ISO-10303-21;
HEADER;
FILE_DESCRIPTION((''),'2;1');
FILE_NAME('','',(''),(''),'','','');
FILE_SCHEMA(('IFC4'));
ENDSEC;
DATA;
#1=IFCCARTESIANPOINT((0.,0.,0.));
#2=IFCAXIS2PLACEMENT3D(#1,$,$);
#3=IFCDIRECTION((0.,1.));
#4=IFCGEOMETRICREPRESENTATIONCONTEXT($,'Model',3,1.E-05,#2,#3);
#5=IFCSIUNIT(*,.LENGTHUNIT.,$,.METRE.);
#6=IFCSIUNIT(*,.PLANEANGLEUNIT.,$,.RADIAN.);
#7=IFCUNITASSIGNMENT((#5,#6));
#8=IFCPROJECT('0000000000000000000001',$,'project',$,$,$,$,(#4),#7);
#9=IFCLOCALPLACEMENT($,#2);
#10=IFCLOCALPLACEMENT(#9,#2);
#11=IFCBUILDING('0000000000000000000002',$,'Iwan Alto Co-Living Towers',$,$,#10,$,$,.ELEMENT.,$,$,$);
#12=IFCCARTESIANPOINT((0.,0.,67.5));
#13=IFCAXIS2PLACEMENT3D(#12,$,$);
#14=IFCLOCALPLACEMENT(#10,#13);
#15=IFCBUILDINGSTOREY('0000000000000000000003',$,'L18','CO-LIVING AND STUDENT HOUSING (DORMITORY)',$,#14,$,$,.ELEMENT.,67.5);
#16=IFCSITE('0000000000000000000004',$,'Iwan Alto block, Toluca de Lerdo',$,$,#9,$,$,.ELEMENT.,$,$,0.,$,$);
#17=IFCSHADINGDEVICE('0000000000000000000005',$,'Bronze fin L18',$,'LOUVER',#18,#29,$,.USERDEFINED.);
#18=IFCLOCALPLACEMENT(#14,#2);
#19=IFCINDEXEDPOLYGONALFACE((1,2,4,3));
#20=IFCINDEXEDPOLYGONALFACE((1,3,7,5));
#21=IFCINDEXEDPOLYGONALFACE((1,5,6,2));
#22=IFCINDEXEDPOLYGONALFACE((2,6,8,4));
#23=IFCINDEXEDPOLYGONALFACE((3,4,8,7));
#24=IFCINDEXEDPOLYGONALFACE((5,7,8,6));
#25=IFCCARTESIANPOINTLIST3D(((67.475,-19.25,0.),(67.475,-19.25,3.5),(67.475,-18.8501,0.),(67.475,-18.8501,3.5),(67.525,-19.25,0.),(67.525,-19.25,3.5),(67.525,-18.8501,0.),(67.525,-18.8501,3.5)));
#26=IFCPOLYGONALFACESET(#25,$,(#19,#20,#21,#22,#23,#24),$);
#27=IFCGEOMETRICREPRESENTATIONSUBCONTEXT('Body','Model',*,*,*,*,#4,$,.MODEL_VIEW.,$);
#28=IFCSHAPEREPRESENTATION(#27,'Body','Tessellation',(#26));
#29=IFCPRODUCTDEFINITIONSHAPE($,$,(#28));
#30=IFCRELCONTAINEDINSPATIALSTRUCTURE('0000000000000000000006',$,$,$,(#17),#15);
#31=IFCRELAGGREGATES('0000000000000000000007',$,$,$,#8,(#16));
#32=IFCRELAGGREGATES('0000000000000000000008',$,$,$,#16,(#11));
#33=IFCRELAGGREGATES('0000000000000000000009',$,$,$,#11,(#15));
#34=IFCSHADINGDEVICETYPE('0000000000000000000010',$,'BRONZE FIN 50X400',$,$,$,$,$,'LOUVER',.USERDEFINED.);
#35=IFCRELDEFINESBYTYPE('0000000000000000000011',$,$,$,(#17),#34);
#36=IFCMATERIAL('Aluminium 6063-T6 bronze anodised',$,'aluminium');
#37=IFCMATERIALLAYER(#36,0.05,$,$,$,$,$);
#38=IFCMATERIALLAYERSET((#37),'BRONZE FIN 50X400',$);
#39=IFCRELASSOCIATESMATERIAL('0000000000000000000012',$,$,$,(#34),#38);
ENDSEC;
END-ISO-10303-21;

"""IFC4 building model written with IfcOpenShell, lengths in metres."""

from ifc_helpers import new_model, si_unit, direction, frame, origin, origin_2d, place, context, subcontext, project, spatial, rectangle, extrude, material, layer, layer_set, type_object, element, save


model = new_model("IFC4")

# Units and contexts
model_context = context("Model", 3, precision=1e-05, world=origin(), true_north=direction((0.0, 1.0)))
body_context = subcontext(model_context, "Body", "Model", "MODEL_VIEW")
ifc_project = project(units=[si_unit("LENGTHUNIT", "METRE"), si_unit("PLANEANGLEUNIT", "RADIAN")], contexts=[model_context])

# Site, building, storey
site_placement = place(None, origin())
site = spatial("IfcSite", under=ifc_project, at=site_placement, Name="Iwan Alto block, Toluca de Lerdo", CompositionType="ELEMENT", RefElevation=0.0)
building_placement = place(site_placement, origin())
building = spatial("IfcBuilding", under=site, at=building_placement, Name="Iwan Alto Co-Living Towers", CompositionType="ELEMENT")
storey_placement = place(building_placement, frame((0.0, 0.0, 67.5)))
storey = spatial("IfcBuildingStorey", under=building, at=storey_placement, Name="L18", Description="CO-LIVING AND STUDENT HOUSING (DORMITORY)", CompositionType="ELEMENT", Elevation=67.5)

# Shading device
ifc_material_1 = material(Name="Aluminium 6063-T6 bronze anodised", Category="aluminium")
ifc_layer_1 = layer(ifc_material_1, 0.05)
ifc_layer_set_1 = layer_set([ifc_layer_1], Name="BRONZE FIN 50X400")
shading_device_type = type_object("IfcShadingDeviceType", Name="BRONZE FIN 50X400", ElementType="LOUVER", PredefinedType="USERDEFINED", material=ifc_layer_set_1)
shading_device_placement = place(storey_placement, frame((67.5, -19.05, 0.0), z_axis=(0.0, 0.0, 1.0), x_axis=(1.0, 0.0, 0.0)))
element("IfcShadingDevice", 1, at=shading_device_placement, inside=storey, type_object=shading_device_type, Name="Bronze fin L18", ObjectType="LOUVER", PredefinedType="USERDEFINED", context=body_context, shape_type="SweptSolid", body=[
    extrude(rectangle(XDim=0.05, YDim=0.3999, at=origin_2d()), origin(), (0.0, 0.0, 1.0), 3.5),
])

save(model, "model.ifc")
